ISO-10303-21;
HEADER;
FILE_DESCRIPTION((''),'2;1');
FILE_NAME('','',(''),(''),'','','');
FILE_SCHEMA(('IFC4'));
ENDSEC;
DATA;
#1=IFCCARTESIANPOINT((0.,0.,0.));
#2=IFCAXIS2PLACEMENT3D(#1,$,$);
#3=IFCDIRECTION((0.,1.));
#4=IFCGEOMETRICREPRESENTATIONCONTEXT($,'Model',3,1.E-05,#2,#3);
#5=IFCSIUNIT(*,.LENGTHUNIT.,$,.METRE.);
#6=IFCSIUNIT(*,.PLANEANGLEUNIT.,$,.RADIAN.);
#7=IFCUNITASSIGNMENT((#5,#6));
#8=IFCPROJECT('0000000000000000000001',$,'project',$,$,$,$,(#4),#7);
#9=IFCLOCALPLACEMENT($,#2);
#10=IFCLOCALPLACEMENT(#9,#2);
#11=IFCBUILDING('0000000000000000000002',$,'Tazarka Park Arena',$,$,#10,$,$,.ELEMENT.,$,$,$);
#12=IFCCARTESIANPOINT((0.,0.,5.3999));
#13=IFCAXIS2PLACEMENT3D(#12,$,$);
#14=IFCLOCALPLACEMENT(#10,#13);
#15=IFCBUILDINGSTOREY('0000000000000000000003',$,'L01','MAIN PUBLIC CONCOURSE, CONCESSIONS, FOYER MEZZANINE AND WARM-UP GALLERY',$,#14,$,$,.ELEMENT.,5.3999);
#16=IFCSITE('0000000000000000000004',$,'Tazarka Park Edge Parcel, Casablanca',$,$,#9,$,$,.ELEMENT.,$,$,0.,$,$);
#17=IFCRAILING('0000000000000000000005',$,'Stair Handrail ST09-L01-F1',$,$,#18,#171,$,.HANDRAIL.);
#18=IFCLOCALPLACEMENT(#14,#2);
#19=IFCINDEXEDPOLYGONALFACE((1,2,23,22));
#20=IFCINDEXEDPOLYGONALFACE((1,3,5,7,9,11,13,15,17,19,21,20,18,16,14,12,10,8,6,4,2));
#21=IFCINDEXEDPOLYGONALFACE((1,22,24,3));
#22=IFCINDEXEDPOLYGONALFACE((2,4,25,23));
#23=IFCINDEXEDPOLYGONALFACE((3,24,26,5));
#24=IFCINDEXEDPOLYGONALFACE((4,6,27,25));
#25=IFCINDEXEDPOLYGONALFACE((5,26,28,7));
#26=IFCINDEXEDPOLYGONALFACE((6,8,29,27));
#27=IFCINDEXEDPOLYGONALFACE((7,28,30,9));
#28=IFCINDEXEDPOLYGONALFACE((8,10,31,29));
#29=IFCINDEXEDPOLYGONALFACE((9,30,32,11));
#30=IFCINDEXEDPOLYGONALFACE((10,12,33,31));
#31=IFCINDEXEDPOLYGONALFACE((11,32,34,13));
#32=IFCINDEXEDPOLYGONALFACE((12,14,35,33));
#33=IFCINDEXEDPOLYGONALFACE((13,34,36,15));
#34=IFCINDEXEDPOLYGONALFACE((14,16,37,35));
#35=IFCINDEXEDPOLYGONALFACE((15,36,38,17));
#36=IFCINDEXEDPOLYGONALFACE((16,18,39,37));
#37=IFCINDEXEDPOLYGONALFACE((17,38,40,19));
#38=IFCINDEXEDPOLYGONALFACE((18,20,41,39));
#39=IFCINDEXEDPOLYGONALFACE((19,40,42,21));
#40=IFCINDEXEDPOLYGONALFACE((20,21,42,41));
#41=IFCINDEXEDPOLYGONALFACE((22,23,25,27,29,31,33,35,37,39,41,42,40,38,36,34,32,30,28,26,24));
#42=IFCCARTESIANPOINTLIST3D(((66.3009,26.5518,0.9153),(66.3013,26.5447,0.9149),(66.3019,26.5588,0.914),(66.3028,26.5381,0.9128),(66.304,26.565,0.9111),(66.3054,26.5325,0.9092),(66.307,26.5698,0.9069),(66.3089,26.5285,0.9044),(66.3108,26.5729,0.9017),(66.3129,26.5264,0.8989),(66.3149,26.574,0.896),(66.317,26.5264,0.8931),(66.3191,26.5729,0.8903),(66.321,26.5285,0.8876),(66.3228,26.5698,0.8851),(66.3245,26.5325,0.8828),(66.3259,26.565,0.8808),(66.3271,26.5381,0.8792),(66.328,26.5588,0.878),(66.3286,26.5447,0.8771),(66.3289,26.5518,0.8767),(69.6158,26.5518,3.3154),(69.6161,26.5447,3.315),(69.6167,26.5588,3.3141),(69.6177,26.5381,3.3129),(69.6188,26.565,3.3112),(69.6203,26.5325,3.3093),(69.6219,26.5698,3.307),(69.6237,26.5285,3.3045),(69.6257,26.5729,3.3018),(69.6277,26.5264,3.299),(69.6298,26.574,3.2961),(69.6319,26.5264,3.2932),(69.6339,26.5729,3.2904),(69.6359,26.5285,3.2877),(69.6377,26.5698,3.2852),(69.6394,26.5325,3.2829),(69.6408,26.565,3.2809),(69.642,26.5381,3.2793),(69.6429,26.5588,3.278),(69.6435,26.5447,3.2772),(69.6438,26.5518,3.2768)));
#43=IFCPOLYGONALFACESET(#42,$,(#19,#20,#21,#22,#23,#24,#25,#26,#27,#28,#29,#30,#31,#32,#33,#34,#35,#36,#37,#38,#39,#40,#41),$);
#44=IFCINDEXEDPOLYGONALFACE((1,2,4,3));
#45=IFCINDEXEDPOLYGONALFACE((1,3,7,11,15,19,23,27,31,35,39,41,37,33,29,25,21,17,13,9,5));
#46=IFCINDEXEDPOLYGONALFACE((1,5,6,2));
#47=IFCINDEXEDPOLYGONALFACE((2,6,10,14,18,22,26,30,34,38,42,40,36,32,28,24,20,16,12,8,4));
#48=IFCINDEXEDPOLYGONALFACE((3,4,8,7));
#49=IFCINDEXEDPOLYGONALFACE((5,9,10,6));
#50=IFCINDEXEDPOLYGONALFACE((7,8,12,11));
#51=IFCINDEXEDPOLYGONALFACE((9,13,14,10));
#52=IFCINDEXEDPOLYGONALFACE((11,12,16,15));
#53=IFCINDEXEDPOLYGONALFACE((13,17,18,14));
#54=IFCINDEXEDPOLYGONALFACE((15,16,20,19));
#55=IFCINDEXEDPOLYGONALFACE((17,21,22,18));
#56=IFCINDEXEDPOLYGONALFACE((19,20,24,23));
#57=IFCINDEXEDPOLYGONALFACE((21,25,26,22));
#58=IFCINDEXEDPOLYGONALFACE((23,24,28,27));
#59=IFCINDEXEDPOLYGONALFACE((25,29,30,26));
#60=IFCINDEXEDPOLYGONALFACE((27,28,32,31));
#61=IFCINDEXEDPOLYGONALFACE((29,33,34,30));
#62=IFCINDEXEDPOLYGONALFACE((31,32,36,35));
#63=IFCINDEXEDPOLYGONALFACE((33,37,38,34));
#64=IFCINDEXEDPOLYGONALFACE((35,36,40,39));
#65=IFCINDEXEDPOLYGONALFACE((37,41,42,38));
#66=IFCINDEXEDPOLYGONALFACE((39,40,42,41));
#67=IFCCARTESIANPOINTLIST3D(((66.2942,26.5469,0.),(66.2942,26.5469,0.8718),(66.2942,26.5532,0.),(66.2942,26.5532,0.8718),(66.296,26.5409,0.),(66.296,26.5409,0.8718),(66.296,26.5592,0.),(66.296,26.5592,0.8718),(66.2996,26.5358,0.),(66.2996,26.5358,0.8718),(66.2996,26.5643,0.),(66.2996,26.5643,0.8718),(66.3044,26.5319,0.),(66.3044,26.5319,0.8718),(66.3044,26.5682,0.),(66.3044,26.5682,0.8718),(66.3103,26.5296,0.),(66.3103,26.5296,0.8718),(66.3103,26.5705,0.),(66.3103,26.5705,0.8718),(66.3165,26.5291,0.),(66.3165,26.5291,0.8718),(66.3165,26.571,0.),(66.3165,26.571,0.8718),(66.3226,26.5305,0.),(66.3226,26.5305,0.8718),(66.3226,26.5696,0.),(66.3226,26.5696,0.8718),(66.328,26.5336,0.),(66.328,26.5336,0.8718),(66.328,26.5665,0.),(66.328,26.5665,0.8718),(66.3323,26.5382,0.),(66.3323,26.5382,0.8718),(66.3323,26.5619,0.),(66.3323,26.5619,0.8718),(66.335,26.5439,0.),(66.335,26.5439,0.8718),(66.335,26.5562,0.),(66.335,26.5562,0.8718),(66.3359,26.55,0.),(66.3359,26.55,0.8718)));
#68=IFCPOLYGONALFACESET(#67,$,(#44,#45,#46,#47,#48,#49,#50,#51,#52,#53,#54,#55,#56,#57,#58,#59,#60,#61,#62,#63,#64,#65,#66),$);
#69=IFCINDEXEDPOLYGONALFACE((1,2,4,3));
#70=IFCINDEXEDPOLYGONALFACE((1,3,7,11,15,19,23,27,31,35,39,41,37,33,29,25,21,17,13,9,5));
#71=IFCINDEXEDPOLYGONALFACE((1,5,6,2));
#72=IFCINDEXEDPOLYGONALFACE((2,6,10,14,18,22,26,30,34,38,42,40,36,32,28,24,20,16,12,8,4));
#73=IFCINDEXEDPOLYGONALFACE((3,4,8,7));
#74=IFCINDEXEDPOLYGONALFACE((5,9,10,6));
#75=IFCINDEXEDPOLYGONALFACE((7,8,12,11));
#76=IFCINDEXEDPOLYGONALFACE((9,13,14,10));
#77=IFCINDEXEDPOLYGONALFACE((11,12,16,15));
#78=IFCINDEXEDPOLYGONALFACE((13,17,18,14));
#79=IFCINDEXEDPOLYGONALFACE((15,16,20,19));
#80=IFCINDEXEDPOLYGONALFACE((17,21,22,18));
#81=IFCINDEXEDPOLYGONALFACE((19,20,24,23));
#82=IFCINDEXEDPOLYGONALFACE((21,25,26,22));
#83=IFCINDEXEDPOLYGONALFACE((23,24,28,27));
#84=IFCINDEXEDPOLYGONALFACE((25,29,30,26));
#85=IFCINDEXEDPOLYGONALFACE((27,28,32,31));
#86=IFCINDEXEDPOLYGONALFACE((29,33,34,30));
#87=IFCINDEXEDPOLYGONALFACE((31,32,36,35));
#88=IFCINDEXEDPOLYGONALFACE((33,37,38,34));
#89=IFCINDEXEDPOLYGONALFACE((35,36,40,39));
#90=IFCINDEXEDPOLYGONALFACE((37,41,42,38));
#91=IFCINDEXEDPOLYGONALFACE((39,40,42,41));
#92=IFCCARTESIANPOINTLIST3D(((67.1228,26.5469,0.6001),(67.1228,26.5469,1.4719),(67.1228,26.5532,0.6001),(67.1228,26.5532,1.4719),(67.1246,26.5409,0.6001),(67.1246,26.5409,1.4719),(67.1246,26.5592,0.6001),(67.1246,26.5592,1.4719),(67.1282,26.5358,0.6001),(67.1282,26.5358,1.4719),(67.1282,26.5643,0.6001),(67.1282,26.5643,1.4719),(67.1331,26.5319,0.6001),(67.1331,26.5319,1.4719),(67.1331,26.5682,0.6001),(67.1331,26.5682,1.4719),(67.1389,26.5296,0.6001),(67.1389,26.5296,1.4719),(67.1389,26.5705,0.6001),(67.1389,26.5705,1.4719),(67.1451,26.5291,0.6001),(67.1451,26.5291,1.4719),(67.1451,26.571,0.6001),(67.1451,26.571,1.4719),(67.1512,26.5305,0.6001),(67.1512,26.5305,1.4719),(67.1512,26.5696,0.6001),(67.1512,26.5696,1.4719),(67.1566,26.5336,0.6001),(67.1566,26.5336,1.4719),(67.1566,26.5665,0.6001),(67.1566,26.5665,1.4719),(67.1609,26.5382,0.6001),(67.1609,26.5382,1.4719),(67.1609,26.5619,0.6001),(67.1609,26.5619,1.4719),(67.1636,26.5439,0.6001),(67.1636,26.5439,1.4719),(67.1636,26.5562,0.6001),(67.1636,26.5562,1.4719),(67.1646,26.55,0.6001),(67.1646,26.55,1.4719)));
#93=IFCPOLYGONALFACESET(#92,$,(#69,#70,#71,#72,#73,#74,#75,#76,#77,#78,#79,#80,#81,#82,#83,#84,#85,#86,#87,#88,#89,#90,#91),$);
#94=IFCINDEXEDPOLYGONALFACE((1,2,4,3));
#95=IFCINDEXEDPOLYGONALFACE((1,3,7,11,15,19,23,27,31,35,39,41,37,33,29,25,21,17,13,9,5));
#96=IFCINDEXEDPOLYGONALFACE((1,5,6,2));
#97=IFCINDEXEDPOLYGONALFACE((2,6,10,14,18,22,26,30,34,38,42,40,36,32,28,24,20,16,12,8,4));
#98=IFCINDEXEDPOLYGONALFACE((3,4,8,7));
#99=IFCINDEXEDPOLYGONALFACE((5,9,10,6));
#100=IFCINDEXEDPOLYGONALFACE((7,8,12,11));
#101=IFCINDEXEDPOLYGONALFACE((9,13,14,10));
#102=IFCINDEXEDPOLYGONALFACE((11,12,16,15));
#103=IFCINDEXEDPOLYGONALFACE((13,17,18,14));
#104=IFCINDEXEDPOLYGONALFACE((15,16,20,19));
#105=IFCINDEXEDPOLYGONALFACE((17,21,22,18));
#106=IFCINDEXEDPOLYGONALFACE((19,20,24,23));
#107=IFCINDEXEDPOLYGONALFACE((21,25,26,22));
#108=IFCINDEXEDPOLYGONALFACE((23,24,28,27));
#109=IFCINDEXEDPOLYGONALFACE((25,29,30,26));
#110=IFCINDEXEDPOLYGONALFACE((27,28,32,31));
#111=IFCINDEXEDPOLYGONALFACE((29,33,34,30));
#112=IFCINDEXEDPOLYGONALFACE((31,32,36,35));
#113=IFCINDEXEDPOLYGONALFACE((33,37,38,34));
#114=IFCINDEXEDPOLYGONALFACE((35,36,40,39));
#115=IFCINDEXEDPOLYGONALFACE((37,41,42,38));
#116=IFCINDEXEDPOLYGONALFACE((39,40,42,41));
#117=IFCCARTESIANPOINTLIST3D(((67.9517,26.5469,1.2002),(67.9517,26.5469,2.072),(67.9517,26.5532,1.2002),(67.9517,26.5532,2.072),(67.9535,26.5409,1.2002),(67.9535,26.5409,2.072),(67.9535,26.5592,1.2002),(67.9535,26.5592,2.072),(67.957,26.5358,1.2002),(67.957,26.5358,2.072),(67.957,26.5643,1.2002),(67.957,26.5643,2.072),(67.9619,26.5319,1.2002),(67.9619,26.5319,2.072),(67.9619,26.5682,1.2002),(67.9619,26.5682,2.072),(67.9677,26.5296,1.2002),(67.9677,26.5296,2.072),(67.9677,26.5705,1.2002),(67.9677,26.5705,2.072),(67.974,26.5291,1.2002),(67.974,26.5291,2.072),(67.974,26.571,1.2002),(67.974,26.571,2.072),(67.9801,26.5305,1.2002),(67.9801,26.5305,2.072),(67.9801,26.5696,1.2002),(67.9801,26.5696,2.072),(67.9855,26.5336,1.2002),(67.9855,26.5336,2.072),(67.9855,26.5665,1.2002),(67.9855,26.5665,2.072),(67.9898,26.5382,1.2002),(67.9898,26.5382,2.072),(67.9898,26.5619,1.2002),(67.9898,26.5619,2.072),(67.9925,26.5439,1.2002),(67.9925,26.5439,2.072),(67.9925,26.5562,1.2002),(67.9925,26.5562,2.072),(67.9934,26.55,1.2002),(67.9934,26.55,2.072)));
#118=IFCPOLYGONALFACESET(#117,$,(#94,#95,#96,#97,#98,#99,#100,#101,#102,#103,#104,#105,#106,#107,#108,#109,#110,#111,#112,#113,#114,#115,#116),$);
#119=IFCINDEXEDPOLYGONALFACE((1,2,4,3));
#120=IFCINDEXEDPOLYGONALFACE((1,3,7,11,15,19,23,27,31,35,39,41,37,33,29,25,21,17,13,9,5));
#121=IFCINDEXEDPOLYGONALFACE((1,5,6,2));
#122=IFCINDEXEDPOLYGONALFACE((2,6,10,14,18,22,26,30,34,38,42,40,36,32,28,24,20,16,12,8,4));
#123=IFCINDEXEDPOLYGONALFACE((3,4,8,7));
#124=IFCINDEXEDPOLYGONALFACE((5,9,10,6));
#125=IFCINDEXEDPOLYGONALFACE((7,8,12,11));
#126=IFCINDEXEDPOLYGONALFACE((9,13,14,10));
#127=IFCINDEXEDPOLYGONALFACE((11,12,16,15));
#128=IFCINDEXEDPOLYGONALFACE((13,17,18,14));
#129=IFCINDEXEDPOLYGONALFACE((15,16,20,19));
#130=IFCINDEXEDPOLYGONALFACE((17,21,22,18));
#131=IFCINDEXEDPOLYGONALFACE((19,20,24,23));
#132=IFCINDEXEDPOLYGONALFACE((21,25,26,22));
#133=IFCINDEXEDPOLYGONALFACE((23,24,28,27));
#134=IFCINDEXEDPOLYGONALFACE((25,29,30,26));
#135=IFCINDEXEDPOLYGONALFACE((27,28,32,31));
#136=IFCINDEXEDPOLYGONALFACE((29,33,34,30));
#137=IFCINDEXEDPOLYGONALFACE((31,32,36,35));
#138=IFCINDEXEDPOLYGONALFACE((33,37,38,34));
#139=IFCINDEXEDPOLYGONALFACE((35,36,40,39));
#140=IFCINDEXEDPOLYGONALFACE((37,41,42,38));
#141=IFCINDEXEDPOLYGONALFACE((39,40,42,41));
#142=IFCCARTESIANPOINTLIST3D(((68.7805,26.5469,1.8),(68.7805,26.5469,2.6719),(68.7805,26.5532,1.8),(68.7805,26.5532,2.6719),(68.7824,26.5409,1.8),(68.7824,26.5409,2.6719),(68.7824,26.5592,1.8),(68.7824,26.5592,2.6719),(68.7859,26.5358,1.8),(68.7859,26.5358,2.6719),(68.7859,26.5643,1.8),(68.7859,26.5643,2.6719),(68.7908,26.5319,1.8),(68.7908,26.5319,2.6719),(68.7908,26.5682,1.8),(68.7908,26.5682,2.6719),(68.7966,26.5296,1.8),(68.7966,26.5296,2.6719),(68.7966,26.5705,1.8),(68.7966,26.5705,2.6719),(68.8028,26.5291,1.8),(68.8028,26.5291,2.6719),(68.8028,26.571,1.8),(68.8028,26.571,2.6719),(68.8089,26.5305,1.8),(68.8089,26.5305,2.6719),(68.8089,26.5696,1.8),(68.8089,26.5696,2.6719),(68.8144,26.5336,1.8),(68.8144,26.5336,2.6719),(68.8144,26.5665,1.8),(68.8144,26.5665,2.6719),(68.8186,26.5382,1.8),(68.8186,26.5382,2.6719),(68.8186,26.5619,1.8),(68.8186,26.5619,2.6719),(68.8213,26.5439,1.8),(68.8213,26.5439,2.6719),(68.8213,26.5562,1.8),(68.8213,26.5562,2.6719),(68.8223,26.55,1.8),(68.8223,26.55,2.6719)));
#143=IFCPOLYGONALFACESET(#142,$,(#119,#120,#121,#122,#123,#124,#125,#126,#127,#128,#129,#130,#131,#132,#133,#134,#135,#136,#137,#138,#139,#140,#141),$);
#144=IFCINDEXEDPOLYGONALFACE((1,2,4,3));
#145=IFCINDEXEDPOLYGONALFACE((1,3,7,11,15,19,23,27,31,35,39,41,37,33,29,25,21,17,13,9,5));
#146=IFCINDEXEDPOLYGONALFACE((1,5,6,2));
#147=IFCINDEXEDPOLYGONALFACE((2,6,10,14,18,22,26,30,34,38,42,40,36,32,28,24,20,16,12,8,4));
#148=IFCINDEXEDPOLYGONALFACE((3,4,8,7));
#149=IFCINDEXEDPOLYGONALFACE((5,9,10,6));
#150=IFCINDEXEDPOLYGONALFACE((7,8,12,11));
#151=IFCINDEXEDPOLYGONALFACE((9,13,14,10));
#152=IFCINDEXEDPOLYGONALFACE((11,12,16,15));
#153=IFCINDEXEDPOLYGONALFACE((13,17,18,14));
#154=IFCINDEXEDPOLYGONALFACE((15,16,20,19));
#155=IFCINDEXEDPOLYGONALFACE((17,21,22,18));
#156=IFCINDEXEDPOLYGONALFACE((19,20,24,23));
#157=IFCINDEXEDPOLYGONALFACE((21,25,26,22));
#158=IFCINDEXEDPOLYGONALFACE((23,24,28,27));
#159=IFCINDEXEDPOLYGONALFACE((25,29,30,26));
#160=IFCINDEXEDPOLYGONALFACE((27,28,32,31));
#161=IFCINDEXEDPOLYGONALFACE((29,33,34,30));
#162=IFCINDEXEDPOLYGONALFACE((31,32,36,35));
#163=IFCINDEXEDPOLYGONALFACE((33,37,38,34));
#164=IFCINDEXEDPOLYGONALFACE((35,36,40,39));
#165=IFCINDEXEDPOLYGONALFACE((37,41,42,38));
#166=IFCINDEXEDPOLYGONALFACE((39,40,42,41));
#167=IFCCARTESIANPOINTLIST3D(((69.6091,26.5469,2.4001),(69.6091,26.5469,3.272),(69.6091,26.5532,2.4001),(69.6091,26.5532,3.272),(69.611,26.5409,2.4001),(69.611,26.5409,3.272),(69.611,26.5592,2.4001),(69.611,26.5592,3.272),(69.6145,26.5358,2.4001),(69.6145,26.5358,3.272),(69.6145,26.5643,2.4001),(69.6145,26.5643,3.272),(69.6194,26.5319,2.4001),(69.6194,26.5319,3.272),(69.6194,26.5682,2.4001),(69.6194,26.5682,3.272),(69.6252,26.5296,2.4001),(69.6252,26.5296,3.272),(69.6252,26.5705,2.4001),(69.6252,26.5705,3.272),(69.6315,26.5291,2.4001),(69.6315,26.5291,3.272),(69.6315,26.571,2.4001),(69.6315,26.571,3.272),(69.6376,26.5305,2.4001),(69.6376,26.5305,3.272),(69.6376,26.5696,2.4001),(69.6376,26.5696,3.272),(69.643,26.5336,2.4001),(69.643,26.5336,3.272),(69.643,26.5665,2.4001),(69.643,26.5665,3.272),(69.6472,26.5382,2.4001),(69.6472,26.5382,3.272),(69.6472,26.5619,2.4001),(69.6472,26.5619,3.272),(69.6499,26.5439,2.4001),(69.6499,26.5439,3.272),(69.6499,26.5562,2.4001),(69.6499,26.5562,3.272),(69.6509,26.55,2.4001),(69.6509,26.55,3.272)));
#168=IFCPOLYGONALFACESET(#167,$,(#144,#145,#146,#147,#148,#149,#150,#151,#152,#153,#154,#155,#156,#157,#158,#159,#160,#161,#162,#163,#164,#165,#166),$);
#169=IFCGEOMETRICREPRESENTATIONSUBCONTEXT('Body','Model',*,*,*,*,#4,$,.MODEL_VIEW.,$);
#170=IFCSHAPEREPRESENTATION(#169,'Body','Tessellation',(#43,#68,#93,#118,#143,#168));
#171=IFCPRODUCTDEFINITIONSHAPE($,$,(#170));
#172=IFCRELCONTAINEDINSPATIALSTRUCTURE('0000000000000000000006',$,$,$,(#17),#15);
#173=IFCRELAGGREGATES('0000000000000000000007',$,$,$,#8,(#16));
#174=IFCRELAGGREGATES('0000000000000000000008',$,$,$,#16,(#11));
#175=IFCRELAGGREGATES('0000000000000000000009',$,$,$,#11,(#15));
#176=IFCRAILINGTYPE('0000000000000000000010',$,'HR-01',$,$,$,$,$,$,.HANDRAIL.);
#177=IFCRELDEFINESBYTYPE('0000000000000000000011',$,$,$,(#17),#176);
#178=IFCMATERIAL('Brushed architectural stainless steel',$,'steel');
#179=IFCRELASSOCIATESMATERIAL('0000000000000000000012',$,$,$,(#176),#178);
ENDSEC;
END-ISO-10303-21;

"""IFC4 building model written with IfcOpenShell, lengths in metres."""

from ifc_helpers import new_model, si_unit, direction, frame, origin, origin_2d, place, context, subcontext, project, spatial, circle, extrude, material, type_object, element, save


model = new_model("IFC4")

# Units and contexts
model_context = context("Model", 3, precision=1e-05, world=origin(), true_north=direction((0.0, 1.0)))
body_context = subcontext(model_context, "Body", "Model", "MODEL_VIEW")
ifc_project = project(units=[si_unit("LENGTHUNIT", "METRE"), si_unit("PLANEANGLEUNIT", "RADIAN")], contexts=[model_context])

# Site, building, storey
site_placement = place(None, origin())
site = spatial("IfcSite", under=ifc_project, at=site_placement, Name="Tazarka Park Edge Parcel, Casablanca", CompositionType="ELEMENT", RefElevation=0.0)
building_placement = place(site_placement, origin())
building = spatial("IfcBuilding", under=site, at=building_placement, Name="Tazarka Park Arena", CompositionType="ELEMENT")
storey_placement = place(building_placement, frame((0.0, 0.0, 5.3999)))
storey = spatial("IfcBuildingStorey", under=building, at=storey_placement, Name="L01", Description="MAIN PUBLIC CONCOURSE, CONCESSIONS, FOYER MEZZANINE AND WARM-UP GALLERY", CompositionType="ELEMENT", Elevation=5.3999)

# Railing
ifc_material_1 = material(Name="Brushed architectural stainless steel", Category="steel")
railing_type_1 = type_object("IfcRailingType", Name="HR-01", PredefinedType="HANDRAIL", material=ifc_material_1)
railing_1_placement = place(storey_placement, frame((66.3149, 26.55, 0.0)))
element("IfcRailing", 1, at=railing_1_placement, inside=storey, type_object=railing_type_1, Name="Stair Handrail ST09-L01-F1", PredefinedType="HANDRAIL", context=body_context, shape_type="SweptSolid", body=[
    extrude(circle(Radius=0.0239, at=origin_2d()), frame((0.0, 0.0, 0.896), z_axis=(0.80998, 0.0, 0.586457), x_axis=(0.0, 1.0, 0.0)), (0.0, 0.0, 1.0), 4.0925),
    extrude(circle(Radius=0.021, at=origin_2d()), origin(), (0.0, 0.0, 1.0), 0.8718),
    extrude(circle(Radius=0.021, at=origin_2d()), frame((0.8286, 0.0, 0.6001)), (0.0, 0.0, 1.0), 0.8718),
    extrude(circle(Radius=0.021, at=origin_2d()), frame((1.6575, 0.0, 1.2002)), (0.0, 0.0, 1.0), 0.8718),
    extrude(circle(Radius=0.021, at=origin_2d()), frame((2.4863, 0.0, 1.8)), (0.0, 0.0, 1.0), 0.8718),
    extrude(circle(Radius=0.021, at=origin_2d()), frame((3.3149, 0.0, 2.4001)), (0.0, 0.0, 1.0), 0.8718),
])

save(model, "model.ifc")
